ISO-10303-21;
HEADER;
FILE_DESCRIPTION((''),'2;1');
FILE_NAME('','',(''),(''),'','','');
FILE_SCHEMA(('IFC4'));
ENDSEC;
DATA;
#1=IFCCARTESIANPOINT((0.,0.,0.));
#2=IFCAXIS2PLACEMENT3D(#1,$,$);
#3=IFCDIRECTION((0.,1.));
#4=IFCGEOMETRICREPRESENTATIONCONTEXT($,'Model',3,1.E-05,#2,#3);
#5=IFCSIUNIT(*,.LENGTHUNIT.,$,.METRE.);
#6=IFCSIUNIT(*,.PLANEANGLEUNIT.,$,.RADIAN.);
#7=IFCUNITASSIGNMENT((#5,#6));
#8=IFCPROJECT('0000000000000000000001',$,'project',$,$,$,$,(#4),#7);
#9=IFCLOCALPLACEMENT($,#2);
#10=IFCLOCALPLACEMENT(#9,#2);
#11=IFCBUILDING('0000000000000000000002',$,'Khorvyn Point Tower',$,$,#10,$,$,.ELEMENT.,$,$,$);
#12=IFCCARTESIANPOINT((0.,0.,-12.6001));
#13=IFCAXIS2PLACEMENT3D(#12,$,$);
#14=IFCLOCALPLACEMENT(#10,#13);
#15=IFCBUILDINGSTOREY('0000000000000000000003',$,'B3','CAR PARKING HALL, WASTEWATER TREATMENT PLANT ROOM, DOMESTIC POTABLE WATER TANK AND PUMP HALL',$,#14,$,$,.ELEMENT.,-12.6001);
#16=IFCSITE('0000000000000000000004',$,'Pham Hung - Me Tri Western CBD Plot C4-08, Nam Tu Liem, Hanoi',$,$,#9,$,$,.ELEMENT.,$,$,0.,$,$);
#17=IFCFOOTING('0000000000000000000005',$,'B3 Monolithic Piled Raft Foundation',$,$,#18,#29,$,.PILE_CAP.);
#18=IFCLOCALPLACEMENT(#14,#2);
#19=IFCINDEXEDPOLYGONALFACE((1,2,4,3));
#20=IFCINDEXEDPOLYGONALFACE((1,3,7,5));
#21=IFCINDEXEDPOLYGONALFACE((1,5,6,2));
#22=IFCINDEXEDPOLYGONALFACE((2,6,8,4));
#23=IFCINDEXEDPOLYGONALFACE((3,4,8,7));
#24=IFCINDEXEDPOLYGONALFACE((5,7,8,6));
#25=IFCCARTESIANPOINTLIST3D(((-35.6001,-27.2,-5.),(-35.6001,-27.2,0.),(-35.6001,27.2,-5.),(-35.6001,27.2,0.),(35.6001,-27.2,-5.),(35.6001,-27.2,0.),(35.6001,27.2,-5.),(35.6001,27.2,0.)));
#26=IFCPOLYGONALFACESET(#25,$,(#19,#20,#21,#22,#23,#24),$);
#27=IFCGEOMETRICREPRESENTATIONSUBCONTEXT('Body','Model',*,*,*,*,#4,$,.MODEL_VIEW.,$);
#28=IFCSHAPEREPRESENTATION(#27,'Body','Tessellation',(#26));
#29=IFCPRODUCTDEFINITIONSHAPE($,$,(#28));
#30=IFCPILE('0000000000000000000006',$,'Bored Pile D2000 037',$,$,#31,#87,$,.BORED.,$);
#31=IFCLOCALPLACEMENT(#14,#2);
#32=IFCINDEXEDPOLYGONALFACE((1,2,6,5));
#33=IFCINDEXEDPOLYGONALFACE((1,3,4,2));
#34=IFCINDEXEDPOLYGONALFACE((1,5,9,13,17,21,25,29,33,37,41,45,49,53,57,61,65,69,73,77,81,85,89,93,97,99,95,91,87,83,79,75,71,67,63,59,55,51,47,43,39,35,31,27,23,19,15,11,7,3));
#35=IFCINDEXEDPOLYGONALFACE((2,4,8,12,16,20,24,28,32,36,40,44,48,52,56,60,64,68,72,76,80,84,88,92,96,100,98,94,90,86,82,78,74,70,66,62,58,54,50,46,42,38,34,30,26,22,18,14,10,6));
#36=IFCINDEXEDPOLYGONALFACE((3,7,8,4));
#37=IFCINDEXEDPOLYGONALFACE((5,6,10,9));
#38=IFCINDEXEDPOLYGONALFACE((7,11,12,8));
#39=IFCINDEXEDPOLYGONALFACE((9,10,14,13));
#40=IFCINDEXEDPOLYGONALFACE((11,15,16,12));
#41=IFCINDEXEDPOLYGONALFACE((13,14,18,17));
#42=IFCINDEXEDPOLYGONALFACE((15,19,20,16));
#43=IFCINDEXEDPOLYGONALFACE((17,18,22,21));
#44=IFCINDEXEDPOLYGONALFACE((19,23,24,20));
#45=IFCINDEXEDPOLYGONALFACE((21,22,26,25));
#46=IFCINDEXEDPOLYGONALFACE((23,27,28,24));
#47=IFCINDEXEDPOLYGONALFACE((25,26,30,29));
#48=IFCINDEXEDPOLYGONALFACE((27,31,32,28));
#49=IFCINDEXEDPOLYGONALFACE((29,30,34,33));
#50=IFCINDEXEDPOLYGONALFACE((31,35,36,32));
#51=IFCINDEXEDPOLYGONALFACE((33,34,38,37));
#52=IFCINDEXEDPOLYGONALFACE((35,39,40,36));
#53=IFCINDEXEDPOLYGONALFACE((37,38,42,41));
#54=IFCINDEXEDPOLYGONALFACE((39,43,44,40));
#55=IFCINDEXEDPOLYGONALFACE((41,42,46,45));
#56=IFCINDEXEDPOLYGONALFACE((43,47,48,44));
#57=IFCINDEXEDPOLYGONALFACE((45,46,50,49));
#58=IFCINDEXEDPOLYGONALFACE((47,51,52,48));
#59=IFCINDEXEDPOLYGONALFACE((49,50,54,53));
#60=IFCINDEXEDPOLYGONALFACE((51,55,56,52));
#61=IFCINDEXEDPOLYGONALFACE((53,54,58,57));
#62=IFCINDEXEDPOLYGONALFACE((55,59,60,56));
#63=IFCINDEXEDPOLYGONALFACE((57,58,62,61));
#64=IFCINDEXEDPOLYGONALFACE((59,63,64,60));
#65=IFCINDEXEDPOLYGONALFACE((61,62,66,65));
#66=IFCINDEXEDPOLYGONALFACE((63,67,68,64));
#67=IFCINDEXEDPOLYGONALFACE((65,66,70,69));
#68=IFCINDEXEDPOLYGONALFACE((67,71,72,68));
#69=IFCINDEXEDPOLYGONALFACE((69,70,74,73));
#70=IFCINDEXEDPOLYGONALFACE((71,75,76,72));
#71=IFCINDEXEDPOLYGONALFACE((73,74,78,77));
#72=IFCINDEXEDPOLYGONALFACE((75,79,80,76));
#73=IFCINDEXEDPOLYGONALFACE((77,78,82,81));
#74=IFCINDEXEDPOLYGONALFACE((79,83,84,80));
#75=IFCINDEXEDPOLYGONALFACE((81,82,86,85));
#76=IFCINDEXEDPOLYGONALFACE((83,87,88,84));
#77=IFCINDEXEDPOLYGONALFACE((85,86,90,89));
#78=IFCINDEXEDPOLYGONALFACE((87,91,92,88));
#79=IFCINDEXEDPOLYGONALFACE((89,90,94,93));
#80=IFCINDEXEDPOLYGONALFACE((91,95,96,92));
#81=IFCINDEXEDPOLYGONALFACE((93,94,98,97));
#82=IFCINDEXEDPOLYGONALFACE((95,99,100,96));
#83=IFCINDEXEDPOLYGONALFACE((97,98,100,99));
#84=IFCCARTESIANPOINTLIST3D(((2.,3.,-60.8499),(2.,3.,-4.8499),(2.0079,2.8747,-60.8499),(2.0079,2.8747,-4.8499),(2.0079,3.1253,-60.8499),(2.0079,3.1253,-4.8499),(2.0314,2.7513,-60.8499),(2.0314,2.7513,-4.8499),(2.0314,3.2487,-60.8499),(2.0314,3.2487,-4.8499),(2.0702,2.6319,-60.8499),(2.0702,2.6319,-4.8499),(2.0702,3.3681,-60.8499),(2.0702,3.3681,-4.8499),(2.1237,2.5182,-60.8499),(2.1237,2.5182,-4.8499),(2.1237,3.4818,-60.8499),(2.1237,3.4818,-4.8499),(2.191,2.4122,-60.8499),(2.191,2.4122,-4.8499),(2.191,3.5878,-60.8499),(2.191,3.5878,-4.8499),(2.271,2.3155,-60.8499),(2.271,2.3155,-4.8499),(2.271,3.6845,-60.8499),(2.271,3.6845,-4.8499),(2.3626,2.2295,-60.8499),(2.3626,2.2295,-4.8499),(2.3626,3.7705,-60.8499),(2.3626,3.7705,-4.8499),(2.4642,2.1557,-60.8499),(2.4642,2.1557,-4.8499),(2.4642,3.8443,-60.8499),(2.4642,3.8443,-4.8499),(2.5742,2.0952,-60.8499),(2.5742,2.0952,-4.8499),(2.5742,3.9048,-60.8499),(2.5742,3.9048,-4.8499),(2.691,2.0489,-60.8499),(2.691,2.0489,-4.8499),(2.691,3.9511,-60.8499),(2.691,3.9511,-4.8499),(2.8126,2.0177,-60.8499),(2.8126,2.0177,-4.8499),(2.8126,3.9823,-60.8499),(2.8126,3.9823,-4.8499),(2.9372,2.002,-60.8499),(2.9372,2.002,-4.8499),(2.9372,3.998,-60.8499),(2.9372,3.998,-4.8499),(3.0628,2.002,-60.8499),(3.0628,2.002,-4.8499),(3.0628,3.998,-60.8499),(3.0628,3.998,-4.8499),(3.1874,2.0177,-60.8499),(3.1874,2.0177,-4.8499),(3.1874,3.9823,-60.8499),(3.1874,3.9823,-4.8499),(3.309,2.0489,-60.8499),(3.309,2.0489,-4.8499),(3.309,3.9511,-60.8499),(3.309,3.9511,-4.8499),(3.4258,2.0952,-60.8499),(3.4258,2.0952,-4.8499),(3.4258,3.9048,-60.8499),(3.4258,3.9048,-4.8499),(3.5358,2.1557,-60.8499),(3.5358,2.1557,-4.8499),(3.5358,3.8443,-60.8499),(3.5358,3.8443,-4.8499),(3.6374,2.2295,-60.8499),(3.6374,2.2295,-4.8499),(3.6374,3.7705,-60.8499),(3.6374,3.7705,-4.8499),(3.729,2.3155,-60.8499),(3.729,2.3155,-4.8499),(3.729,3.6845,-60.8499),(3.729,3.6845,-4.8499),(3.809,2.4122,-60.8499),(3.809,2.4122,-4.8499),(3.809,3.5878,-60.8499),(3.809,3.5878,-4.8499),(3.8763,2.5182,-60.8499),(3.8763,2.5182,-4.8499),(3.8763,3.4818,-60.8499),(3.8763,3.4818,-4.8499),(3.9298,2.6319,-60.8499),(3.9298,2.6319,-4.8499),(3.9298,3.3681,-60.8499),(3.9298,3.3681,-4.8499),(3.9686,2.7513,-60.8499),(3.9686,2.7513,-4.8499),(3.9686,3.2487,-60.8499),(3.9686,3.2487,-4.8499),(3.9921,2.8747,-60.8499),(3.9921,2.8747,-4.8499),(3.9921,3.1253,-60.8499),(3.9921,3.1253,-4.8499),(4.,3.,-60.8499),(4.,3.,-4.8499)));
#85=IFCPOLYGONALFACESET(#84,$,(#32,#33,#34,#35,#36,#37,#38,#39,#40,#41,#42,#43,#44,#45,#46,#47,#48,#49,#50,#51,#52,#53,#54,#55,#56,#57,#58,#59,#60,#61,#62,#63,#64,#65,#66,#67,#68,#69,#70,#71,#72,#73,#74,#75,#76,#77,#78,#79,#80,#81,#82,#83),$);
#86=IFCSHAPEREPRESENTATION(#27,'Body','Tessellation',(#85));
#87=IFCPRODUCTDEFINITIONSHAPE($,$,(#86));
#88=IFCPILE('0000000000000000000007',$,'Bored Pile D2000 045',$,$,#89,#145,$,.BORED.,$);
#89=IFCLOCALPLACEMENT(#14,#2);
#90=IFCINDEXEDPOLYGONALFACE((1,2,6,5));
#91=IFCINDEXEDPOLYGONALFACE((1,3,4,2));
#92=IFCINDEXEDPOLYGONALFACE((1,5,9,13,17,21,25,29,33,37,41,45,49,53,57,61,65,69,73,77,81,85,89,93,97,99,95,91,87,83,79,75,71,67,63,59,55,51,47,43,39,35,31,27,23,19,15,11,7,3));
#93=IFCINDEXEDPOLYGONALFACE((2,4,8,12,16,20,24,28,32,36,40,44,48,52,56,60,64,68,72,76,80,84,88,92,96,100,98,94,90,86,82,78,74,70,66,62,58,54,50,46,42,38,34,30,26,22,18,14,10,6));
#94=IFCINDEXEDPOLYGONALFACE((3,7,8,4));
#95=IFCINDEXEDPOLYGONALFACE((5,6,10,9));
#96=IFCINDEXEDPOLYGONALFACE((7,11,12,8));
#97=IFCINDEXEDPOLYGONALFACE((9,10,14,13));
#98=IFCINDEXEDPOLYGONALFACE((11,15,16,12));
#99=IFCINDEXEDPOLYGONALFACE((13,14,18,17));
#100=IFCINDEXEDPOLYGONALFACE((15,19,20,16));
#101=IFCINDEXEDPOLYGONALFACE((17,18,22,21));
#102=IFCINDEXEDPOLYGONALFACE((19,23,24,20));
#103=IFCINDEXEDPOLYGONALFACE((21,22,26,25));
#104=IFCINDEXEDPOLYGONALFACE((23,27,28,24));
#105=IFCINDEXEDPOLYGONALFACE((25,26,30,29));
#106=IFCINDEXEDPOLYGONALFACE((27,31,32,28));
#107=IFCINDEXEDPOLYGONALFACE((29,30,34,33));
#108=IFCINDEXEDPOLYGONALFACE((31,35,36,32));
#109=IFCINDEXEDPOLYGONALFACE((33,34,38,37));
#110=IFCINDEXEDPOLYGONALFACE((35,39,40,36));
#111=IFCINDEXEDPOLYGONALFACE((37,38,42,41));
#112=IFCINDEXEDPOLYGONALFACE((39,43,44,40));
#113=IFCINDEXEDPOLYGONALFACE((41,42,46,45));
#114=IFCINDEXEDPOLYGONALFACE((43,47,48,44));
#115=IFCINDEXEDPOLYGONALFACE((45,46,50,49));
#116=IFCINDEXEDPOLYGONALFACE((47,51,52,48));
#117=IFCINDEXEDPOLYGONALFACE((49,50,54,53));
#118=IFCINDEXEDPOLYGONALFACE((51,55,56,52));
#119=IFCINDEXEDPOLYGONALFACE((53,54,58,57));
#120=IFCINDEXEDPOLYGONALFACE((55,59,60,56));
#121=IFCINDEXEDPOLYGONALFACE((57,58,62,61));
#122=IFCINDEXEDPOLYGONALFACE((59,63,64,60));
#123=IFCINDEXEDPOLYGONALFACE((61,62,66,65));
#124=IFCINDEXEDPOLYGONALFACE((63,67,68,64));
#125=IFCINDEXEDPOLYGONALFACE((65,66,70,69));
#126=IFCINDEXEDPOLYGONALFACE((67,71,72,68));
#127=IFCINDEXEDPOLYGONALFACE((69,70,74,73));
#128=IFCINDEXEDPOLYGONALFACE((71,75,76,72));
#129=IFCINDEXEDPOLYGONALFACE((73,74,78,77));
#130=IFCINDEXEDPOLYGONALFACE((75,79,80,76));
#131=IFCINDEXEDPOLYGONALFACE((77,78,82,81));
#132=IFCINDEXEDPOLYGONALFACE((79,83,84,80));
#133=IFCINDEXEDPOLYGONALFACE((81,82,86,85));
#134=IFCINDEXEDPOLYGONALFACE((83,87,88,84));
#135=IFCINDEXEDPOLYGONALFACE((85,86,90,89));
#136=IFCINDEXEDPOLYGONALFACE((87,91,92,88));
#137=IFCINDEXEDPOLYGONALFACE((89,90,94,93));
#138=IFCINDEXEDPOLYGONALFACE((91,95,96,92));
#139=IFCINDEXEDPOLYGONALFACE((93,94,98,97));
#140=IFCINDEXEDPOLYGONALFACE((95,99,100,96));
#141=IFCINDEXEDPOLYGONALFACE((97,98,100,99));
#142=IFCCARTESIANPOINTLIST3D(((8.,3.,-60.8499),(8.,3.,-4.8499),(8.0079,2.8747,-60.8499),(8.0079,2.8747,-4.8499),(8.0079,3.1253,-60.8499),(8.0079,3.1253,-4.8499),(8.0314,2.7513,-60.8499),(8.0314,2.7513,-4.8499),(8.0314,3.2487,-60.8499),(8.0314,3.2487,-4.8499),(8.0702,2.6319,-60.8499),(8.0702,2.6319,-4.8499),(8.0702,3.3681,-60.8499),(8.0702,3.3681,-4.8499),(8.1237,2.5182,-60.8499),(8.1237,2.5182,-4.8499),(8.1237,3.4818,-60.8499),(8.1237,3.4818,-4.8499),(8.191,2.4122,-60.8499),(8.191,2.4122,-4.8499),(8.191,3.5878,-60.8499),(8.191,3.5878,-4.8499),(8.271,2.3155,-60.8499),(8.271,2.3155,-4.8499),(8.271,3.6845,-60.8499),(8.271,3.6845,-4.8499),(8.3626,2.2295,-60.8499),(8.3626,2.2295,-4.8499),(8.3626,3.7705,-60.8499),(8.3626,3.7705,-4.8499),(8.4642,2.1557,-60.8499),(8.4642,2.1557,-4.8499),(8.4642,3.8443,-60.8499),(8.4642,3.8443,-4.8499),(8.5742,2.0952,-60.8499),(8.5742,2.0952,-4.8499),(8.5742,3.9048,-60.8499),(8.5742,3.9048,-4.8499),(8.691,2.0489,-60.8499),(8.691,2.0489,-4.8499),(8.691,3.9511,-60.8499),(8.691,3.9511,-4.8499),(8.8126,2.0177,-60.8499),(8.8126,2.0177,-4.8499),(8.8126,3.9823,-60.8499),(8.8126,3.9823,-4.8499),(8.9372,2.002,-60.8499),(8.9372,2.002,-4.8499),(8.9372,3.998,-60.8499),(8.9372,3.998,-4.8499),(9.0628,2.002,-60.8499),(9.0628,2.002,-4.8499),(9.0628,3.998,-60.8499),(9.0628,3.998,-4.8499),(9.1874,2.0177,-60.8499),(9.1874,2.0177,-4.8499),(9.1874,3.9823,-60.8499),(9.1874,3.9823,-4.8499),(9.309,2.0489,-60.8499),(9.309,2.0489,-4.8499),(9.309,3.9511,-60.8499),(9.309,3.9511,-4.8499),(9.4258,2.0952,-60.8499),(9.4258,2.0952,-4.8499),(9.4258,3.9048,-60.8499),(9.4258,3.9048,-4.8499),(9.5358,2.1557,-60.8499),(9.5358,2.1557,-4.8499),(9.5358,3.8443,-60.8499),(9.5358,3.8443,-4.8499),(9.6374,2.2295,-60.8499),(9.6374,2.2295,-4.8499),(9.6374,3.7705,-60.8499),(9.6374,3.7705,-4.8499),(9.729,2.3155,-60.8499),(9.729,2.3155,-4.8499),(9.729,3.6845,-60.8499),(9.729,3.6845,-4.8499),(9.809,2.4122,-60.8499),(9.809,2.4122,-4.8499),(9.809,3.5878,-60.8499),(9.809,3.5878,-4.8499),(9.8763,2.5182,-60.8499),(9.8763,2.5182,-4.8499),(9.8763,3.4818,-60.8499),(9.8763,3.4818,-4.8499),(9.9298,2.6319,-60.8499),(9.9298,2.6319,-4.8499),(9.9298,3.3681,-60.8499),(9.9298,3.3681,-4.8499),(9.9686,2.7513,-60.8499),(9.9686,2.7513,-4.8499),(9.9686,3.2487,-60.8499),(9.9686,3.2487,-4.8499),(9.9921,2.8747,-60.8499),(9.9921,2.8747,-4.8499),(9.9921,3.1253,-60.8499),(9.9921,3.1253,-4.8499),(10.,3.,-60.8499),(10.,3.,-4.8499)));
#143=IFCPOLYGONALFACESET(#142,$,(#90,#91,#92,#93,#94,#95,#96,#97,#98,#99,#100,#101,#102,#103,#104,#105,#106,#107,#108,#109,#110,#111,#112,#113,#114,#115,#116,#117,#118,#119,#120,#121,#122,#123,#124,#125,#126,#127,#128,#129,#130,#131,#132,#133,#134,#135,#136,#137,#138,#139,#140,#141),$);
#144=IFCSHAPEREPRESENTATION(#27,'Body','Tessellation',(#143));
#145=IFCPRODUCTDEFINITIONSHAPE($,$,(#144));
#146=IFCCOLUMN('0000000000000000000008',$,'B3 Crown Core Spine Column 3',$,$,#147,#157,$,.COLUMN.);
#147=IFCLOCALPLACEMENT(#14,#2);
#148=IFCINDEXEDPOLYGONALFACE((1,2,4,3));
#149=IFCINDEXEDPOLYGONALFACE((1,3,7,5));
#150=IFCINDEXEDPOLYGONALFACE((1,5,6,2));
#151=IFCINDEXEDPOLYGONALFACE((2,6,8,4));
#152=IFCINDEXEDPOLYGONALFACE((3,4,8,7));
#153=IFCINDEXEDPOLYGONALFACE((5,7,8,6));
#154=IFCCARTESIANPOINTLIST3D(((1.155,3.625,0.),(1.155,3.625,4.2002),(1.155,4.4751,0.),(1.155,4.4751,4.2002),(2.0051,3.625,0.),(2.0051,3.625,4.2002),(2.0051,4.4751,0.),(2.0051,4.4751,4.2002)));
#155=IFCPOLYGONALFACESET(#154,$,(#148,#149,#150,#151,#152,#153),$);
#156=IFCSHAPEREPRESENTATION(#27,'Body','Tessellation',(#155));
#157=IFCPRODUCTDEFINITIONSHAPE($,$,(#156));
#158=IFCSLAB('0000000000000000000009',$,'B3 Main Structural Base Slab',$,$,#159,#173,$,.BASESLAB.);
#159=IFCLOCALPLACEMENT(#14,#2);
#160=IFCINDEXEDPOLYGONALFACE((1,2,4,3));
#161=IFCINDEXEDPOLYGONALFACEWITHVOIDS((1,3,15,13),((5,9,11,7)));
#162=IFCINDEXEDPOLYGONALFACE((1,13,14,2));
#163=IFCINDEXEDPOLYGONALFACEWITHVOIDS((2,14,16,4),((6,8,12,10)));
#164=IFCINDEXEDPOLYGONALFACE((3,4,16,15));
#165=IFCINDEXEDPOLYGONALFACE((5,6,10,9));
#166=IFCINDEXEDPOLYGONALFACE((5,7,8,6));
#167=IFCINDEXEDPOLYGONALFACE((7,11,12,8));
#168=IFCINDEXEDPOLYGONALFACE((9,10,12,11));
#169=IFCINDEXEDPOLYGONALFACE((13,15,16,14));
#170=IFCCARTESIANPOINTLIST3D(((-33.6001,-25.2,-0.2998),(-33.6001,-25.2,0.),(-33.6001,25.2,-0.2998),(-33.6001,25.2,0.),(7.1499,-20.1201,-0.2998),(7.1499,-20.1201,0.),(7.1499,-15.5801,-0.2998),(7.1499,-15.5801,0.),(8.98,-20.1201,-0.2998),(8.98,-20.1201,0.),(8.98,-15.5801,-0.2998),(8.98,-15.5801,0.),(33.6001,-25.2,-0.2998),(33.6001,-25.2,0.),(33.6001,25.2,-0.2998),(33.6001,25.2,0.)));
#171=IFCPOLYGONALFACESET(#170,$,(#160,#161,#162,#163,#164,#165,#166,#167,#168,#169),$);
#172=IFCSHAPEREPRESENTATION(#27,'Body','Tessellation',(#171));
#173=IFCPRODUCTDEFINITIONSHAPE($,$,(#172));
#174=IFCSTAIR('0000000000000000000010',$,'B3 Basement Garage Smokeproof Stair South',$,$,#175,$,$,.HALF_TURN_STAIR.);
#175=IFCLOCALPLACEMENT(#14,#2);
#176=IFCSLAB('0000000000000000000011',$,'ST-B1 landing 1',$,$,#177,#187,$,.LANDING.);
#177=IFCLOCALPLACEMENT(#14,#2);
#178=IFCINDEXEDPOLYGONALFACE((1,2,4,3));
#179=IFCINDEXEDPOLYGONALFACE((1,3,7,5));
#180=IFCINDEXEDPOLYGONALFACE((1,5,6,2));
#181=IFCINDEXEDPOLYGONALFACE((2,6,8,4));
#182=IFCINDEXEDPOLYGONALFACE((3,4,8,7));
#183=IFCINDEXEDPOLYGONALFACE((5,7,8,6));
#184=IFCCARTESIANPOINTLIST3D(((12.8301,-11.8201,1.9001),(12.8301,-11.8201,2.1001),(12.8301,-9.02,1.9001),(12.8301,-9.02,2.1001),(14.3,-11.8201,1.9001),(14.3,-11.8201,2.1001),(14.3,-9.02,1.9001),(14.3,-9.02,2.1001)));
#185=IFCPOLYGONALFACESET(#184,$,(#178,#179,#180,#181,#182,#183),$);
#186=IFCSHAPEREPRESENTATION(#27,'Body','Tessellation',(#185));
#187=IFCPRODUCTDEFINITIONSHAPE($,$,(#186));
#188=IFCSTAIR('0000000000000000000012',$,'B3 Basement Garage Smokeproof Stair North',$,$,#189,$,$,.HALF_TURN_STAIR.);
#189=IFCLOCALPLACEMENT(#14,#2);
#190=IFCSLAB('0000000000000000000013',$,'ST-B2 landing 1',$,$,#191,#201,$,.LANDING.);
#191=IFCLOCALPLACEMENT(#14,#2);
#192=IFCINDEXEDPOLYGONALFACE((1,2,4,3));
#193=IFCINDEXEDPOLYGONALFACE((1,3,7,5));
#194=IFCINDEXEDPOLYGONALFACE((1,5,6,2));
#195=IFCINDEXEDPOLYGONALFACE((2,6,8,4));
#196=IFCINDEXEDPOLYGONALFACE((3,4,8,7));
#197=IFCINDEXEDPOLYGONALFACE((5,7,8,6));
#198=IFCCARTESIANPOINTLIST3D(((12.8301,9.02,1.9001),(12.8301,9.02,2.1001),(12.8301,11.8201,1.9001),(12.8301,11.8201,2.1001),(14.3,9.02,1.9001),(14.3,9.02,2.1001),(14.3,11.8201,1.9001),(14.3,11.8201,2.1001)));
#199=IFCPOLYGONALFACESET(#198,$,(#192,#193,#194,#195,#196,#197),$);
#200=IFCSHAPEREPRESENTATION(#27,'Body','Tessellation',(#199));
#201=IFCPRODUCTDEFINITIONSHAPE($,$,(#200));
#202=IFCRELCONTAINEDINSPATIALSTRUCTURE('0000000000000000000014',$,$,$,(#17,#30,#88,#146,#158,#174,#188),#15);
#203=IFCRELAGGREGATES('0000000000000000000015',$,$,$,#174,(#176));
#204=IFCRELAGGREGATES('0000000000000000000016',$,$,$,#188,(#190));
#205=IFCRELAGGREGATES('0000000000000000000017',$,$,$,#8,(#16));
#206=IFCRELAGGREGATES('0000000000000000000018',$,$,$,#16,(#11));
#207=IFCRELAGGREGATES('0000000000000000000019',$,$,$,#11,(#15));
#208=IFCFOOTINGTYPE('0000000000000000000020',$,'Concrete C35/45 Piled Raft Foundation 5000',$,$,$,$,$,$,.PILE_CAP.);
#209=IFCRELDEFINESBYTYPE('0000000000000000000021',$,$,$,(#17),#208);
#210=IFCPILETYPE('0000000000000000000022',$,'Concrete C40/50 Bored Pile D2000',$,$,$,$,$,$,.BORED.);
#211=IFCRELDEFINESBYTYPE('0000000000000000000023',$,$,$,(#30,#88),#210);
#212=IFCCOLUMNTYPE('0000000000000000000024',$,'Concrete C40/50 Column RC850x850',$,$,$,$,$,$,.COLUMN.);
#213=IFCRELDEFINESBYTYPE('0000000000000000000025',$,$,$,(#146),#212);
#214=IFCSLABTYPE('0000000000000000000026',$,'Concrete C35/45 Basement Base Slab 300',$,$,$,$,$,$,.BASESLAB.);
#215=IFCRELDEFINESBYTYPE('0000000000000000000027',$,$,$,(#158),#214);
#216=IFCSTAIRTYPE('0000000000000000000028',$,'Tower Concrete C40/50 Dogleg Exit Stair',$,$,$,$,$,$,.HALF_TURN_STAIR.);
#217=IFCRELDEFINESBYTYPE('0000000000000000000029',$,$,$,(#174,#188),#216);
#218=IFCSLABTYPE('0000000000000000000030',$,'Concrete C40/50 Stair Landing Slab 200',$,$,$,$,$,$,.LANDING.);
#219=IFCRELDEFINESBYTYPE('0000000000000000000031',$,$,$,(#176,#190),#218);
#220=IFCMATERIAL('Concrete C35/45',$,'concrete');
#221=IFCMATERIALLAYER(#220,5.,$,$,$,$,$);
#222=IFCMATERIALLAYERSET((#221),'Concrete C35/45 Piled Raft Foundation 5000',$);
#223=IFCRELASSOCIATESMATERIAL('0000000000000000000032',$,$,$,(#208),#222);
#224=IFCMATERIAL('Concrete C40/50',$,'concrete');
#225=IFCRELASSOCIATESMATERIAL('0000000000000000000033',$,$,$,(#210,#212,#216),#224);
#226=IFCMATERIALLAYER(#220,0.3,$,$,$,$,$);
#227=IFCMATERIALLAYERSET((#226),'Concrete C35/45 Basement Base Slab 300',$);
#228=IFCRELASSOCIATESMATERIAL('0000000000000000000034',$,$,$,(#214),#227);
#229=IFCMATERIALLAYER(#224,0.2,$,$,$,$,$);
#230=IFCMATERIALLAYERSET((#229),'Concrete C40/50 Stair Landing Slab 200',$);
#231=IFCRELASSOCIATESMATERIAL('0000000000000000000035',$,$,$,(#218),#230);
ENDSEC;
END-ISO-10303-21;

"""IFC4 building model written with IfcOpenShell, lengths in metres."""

from ifc_helpers import new_model, si_unit, direction, frame, origin, origin_2d, place, context, subcontext, project, spatial, polyline, rectangle, circle, outline, extrude, material, layer, layer_set, material_profile, profile_set, type_object, element, aggregate, save


model = new_model("IFC4")

# Units and contexts
model_context = context("Model", 3, precision=1e-05, world=origin(), true_north=direction((0.0, 1.0)))
body_context = subcontext(model_context, "Body", "Model", "MODEL_VIEW")
ifc_project = project(units=[si_unit("LENGTHUNIT", "METRE"), si_unit("PLANEANGLEUNIT", "RADIAN")], contexts=[model_context])

# Site, building, storey
site_placement = place(None, origin())
site = spatial("IfcSite", under=ifc_project, at=site_placement, Name="Pham Hung - Me Tri Western CBD Plot C4-08, Nam Tu Liem, Hanoi", CompositionType="ELEMENT", RefElevation=0.0)
building_placement = place(site_placement, origin())
building = spatial("IfcBuilding", under=site, at=building_placement, Name="Khorvyn Point Tower", CompositionType="ELEMENT")
storey_placement = place(building_placement, frame((0.0, 0.0, -12.6001)))
storey = spatial("IfcBuildingStorey", under=building, at=storey_placement, Name="B3", Description="CAR PARKING HALL, WASTEWATER TREATMENT PLANT ROOM, DOMESTIC POTABLE WATER TANK AND PUMP HALL", CompositionType="ELEMENT", Elevation=-12.6001)

# Footing
ifc_material_1 = material(Name="Concrete C35/45", Category="concrete")
ifc_layer_1 = layer(ifc_material_1, 5.0)
ifc_layer_set_1 = layer_set([ifc_layer_1], Name="Concrete C35/45 Piled Raft Foundation 5000")
footing_type = type_object("IfcFootingType", Name="Concrete C35/45 Piled Raft Foundation 5000", PredefinedType="PILE_CAP", material=ifc_layer_set_1)
footing_placement = place(storey_placement, frame((0.0, 0.0, -5.0)))
element("IfcFooting", 1, at=footing_placement, inside=storey, type_object=footing_type, Name="B3 Monolithic Piled Raft Foundation", PredefinedType="PILE_CAP", context=body_context, shape_type="SweptSolid", body=[
    extrude(outline(polyline([(-35.6001, -27.2), (35.6001, -27.2), (35.6001, 27.2), (-35.6001, 27.2), (-35.6001, -27.2)])), origin(), (0.0, 0.0, 1.0), 5.0),
])

# Piles
ifc_material_2 = material(Name="Concrete C40/50", Category="concrete")
ifc_material_profile_1 = material_profile(ifc_material_2, circle(Radius=1.0, at=origin_2d()))
ifc_profile_set_1 = profile_set([ifc_material_profile_1], Name="Concrete C40/50 PILE-D2000")
pile_type = type_object("IfcPileType", Name="Concrete C40/50 Bored Pile D2000", PredefinedType="BORED", material=ifc_profile_set_1)
for number, where, z_axis, x_axis, name in (
    (2, (3.0, 3.0, -4.8499), (0.0, 0.0, -1.0), (1.0, 0.0, 0.0), "Bored Pile D2000 037"),
    (3, (9.0, 3.0, -4.8499), (0.0, 0.0, -1.0), (1.0, 0.0, 0.0), "Bored Pile D2000 045"),
):
    element("IfcPile", number, at=place(storey_placement, frame(where, z_axis=z_axis, x_axis=x_axis)), inside=storey, type_object=pile_type, Name=name, PredefinedType="BORED", context=body_context, shape_type="SweptSolid", body=[
        extrude(circle(Radius=1.0, at=origin_2d()), origin(), (0.0, 0.0, 1.0), 56.0),
    ])

# Column
ifc_material_profile_2 = material_profile(ifc_material_2, rectangle(XDim=0.8501, YDim=0.8501, at=origin_2d()))
ifc_profile_set_2 = profile_set([ifc_material_profile_2], Name="Concrete C40/50 RC850x850")
column_type = type_object("IfcColumnType", Name="Concrete C40/50 Column RC850x850", PredefinedType="COLUMN", material=ifc_profile_set_2)
column_placement = place(storey_placement, frame((1.5801, 4.05, 0.0), z_axis=(0.0, 0.0, 1.0), x_axis=(1.0, 0.0, 0.0)))
element("IfcColumn", 4, at=column_placement, inside=storey, type_object=column_type, Name="B3 Crown Core Spine Column 3", PredefinedType="COLUMN", context=body_context, shape_type="SweptSolid", body=[
    extrude(rectangle(XDim=0.8501, YDim=0.8501, at=origin_2d()), origin(), (0.0, 0.0, 1.0), 4.2002),
])

# Slab
ifc_layer_2 = layer(ifc_material_1, 0.3)
ifc_layer_set_2 = layer_set([ifc_layer_2], Name="Concrete C35/45 Basement Base Slab 300")
slab_type_1 = type_object("IfcSlabType", Name="Concrete C35/45 Basement Base Slab 300", PredefinedType="BASESLAB", material=ifc_layer_set_2)
slab_1_placement = place(storey_placement, frame((0.0, 0.0, -0.2998)))
element("IfcSlab", 5, at=slab_1_placement, inside=storey, type_object=slab_type_1, Name="B3 Main Structural Base Slab", PredefinedType="BASESLAB", context=body_context, shape_type="SweptSolid", body=[
    extrude(outline(polyline([(-33.6001, 25.2), (33.6001, 25.2), (33.6001, -25.2), (-33.6001, -25.2), (-33.6001, 25.2)]), holes=[polyline([(7.1499, -20.1201), (8.98, -20.1201), (8.98, -15.5801), (7.1499, -15.5801), (7.1499, -20.1201)])]), origin(), (0.0, 0.0, 1.0), 0.2998),
])

# Stairs, slabs
stair_type = type_object("IfcStairType", Name="Tower Concrete C40/50 Dogleg Exit Stair", PredefinedType="HALF_TURN_STAIR", material=ifc_material_2)
stair_1_placement = place(storey_placement, origin())
stair_1 = element("IfcStair", 6, at=stair_1_placement, inside=storey, type_object=stair_type, Name="B3 Basement Garage Smokeproof Stair South", PredefinedType="HALF_TURN_STAIR")
ifc_layer_3 = layer(ifc_material_2, 0.2)
ifc_layer_set_3 = layer_set([ifc_layer_3], Name="Concrete C40/50 Stair Landing Slab 200")
slab_type_2 = type_object("IfcSlabType", Name="Concrete C40/50 Stair Landing Slab 200", PredefinedType="LANDING", material=ifc_layer_set_3)
slab_2_placement = place(storey_placement, frame((0.0, 0.0, 1.9001)))
slab_2 = element("IfcSlab", 7, at=slab_2_placement, type_object=slab_type_2, Name="ST-B1 landing 1", PredefinedType="LANDING", context=body_context, shape_type="SweptSolid", body=[
    extrude(outline(polyline([(12.8301, -11.8201), (14.3, -11.8201), (14.3, -9.02), (12.8301, -9.02), (12.8301, -11.8201)])), origin(), (0.0, 0.0, 1.0), 0.2),
])
aggregate(stair_1, [slab_2])
stair_2_placement = place(storey_placement, origin())
stair_2 = element("IfcStair", 8, at=stair_2_placement, inside=storey, type_object=stair_type, Name="B3 Basement Garage Smokeproof Stair North", PredefinedType="HALF_TURN_STAIR")
slab_3_placement = place(storey_placement, frame((0.0, 0.0, 1.9001)))
slab_3 = element("IfcSlab", 9, at=slab_3_placement, type_object=slab_type_2, Name="ST-B2 landing 1", PredefinedType="LANDING", context=body_context, shape_type="SweptSolid", body=[
    extrude(outline(polyline([(12.8301, 9.02), (14.3, 9.02), (14.3, 11.8201), (12.8301, 11.8201), (12.8301, 9.02)])), origin(), (0.0, 0.0, 1.0), 0.2),
])
aggregate(stair_2, [slab_3])

save(model, "model.ifc")
